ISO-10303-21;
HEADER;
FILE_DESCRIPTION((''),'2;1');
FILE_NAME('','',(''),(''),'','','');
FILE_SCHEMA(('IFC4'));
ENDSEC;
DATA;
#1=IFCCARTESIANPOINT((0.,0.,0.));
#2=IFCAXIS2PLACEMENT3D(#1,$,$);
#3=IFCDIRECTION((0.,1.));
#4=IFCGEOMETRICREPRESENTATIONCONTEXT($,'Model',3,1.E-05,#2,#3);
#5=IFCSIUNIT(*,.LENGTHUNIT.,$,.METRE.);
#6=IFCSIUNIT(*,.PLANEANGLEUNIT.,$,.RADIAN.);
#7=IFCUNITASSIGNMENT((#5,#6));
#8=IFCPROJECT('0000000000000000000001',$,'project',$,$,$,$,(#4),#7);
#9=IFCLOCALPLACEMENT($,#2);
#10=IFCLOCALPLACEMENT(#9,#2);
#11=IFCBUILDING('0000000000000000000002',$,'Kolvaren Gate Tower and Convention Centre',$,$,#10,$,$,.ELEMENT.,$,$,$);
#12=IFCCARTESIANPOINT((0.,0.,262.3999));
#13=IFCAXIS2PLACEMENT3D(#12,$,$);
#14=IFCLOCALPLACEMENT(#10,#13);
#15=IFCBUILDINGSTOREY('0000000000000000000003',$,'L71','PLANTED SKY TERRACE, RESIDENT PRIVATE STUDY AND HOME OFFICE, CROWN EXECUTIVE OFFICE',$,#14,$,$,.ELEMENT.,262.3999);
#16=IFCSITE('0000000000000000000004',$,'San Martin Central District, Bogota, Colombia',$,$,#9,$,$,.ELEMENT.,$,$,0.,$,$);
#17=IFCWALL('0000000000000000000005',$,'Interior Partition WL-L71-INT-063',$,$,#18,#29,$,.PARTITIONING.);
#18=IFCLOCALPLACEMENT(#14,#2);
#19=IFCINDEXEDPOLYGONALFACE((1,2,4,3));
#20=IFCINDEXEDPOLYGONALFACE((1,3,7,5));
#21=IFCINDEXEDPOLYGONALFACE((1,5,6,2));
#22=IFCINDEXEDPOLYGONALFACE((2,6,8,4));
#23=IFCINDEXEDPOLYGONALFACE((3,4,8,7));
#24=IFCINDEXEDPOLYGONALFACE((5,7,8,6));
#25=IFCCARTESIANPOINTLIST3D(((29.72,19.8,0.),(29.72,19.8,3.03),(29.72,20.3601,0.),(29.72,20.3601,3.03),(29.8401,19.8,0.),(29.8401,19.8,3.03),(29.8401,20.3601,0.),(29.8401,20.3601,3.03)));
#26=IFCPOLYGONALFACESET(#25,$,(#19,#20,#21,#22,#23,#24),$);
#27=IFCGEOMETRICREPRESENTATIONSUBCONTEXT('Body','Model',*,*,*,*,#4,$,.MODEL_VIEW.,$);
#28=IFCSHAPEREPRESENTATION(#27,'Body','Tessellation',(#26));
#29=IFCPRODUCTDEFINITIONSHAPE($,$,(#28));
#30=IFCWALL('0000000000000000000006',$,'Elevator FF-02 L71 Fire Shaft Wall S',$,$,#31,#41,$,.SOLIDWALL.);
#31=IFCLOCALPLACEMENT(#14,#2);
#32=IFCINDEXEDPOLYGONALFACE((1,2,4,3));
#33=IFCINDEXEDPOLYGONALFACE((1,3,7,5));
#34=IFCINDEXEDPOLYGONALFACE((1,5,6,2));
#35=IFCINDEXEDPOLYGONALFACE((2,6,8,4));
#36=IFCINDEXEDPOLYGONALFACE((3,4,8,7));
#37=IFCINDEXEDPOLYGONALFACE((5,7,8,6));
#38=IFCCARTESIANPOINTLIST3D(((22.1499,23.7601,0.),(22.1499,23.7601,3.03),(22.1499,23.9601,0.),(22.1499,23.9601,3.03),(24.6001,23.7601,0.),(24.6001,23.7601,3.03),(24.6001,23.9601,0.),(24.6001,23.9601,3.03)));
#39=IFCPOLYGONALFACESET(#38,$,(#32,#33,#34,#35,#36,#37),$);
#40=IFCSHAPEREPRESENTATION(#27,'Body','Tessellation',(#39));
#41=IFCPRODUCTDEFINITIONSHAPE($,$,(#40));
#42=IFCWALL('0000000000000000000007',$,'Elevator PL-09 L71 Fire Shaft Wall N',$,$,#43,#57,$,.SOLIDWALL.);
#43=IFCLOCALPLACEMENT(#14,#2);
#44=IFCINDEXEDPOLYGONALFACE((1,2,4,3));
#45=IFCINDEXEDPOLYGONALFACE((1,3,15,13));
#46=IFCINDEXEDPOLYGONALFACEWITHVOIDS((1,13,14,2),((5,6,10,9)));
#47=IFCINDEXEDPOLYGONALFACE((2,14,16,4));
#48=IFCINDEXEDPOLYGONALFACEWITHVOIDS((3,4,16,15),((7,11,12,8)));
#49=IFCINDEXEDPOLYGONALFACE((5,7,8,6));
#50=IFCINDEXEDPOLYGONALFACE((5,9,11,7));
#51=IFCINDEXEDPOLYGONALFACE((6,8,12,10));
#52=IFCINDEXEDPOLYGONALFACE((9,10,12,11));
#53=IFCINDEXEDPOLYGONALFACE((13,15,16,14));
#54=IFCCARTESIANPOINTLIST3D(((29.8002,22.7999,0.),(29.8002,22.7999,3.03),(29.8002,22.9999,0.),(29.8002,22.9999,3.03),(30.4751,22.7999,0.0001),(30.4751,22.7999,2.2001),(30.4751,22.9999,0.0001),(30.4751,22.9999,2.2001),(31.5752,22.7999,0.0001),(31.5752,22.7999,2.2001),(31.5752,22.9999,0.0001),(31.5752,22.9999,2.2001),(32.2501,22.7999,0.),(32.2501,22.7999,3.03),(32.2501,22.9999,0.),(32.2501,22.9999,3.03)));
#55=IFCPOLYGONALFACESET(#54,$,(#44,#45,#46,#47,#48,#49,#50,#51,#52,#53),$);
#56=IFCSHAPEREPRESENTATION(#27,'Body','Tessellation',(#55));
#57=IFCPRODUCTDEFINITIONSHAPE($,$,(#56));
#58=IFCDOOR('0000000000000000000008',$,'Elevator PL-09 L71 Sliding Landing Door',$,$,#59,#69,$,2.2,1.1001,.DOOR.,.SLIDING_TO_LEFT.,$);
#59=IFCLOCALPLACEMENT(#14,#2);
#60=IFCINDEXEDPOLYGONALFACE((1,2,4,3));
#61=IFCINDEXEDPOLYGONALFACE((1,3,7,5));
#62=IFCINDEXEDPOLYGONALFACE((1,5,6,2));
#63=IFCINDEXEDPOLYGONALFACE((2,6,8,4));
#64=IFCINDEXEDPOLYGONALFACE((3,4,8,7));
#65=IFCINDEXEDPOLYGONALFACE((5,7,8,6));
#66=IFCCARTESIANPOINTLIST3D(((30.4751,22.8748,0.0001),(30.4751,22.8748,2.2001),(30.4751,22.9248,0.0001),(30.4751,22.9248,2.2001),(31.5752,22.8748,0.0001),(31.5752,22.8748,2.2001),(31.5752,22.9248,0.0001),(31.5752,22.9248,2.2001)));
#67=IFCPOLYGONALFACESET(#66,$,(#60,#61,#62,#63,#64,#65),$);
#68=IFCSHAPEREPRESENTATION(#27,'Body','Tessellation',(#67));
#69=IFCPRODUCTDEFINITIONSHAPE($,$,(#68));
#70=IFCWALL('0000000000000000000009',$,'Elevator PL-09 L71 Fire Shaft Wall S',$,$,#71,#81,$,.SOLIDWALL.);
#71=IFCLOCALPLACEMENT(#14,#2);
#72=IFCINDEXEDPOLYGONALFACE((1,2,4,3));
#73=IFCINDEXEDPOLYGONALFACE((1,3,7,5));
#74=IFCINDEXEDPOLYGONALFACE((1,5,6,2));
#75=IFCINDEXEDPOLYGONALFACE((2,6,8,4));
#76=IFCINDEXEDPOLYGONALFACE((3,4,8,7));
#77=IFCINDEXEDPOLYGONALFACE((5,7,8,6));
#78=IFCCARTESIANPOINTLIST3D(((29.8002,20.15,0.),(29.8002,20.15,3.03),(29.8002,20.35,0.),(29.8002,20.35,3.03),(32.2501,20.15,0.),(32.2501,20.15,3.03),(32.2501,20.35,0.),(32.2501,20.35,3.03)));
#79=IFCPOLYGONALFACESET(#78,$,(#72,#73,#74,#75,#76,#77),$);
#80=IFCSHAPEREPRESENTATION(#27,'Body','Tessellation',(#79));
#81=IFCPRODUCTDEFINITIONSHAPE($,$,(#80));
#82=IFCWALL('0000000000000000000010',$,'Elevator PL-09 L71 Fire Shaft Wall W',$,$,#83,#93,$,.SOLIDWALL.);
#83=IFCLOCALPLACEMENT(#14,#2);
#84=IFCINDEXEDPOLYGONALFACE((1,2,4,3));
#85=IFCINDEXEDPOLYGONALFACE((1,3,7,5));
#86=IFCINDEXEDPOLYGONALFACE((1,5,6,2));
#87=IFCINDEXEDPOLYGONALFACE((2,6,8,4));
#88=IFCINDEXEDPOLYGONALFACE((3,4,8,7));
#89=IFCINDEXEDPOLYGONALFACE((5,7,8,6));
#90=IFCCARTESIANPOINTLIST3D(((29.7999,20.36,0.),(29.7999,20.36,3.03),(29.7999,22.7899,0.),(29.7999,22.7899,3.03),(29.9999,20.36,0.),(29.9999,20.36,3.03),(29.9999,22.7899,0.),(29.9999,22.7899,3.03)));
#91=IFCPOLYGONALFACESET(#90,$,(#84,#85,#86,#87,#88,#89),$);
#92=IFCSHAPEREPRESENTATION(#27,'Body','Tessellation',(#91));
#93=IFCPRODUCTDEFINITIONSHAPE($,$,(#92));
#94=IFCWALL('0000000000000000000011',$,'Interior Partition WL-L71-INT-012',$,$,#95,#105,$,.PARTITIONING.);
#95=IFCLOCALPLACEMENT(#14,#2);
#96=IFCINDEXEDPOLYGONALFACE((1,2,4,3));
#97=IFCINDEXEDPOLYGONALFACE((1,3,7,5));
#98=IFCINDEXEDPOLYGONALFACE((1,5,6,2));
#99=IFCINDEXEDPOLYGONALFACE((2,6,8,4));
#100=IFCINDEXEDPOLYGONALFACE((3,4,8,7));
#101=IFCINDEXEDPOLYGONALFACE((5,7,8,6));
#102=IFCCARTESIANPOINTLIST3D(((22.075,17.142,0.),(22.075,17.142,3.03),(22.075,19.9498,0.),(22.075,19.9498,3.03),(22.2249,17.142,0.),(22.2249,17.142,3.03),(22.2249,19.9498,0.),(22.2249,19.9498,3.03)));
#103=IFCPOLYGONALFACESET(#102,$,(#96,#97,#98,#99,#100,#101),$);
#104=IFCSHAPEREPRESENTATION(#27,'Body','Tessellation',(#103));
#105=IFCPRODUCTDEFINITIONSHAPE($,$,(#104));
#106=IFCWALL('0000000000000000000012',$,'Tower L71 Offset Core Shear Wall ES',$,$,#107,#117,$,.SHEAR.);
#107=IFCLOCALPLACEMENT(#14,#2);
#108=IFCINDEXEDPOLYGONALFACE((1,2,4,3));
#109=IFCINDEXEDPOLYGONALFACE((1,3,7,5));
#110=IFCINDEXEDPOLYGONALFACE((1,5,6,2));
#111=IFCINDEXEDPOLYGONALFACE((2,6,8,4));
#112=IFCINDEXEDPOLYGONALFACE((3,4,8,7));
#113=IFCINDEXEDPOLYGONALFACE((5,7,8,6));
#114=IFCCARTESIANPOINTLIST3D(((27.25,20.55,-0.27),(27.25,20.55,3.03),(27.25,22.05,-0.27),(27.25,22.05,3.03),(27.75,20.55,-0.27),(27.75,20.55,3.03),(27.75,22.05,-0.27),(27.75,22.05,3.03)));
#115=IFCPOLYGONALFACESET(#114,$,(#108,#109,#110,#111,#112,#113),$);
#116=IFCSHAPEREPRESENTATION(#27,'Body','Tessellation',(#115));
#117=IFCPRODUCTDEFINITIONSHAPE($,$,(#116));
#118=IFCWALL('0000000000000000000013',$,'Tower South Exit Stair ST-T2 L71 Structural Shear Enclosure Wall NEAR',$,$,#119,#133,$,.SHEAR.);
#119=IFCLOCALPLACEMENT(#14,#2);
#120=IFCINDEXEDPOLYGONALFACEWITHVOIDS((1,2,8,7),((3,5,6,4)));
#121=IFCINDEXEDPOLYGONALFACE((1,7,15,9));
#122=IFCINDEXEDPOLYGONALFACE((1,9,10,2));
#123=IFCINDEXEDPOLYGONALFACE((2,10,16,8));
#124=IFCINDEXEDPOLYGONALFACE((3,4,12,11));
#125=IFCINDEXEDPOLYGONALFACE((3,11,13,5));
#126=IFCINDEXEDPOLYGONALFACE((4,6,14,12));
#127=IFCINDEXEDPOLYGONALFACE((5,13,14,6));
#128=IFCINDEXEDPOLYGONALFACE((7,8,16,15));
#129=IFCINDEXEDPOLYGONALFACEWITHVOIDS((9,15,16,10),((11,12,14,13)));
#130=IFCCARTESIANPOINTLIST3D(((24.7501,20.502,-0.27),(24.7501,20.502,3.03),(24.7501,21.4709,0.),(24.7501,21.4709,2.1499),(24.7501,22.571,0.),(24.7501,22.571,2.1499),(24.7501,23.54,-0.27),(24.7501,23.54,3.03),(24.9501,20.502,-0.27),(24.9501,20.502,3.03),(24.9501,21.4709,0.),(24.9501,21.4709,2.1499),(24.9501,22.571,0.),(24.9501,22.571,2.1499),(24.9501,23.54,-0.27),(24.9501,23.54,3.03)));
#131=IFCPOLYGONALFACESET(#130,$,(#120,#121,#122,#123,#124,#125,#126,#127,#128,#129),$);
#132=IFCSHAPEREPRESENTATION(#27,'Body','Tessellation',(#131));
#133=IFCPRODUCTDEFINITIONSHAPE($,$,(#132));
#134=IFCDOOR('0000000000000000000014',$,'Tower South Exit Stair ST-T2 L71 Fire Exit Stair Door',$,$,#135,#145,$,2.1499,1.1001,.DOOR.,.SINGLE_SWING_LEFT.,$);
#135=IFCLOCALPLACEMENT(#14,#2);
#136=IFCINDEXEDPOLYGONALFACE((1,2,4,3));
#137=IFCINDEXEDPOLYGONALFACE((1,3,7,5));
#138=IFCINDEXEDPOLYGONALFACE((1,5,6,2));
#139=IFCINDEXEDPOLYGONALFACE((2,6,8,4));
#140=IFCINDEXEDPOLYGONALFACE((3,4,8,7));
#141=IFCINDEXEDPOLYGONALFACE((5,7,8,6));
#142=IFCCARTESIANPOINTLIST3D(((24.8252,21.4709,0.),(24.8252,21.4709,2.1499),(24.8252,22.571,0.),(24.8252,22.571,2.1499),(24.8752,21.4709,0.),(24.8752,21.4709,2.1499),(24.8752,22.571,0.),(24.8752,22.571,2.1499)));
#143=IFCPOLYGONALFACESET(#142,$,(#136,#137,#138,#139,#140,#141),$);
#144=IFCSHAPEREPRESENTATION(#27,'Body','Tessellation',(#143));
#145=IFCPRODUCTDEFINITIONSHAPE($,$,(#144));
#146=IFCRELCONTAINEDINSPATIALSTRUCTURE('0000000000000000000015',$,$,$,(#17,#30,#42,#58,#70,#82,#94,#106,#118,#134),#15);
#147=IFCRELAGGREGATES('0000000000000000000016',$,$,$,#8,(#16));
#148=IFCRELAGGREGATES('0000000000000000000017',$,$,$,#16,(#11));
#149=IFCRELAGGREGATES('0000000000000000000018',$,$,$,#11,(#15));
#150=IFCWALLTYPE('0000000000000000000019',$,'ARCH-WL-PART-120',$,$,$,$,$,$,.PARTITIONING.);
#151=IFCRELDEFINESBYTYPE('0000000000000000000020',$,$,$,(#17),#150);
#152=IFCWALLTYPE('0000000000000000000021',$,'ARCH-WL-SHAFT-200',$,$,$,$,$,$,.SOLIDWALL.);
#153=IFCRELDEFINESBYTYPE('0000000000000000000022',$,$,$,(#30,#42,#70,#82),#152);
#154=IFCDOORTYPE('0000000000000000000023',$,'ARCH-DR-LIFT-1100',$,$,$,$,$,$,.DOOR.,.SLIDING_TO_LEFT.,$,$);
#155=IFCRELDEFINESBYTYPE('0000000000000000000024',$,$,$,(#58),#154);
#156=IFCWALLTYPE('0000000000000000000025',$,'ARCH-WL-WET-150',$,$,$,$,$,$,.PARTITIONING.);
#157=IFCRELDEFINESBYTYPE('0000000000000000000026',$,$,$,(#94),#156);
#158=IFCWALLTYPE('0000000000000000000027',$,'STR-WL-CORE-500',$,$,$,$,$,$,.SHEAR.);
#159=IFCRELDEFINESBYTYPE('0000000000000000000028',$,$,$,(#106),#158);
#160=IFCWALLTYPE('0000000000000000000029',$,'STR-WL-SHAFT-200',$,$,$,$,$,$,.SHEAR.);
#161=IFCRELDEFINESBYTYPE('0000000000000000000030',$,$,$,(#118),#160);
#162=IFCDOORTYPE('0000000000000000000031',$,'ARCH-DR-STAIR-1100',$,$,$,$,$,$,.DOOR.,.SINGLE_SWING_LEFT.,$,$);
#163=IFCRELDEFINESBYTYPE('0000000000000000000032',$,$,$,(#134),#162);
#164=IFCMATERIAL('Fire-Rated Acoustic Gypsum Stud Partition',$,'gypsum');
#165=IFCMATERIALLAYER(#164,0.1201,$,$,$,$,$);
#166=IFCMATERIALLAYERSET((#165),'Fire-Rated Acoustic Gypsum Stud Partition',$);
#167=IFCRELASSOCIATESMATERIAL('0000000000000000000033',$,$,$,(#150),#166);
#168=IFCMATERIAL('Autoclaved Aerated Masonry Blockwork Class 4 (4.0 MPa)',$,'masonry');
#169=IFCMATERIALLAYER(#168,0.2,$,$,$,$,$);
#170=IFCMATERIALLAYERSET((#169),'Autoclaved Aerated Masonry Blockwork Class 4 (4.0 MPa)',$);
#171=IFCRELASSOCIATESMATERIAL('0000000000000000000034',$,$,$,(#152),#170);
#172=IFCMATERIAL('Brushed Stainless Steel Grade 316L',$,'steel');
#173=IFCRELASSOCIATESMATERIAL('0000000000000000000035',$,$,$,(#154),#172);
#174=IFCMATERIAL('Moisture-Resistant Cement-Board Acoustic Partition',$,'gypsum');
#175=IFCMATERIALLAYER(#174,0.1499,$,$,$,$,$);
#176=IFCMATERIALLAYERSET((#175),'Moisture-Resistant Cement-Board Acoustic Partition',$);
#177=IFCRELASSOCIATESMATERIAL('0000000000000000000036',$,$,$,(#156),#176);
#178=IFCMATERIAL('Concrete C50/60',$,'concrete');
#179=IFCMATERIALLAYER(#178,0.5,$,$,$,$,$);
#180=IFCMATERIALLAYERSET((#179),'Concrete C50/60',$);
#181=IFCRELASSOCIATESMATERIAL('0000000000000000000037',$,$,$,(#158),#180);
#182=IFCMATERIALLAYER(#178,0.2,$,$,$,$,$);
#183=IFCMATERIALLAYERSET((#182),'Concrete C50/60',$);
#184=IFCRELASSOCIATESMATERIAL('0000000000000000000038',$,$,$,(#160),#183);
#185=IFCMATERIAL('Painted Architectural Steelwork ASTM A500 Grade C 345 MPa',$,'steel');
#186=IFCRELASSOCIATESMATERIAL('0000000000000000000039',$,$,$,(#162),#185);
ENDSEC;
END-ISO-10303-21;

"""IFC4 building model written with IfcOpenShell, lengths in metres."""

from ifc_helpers import new_model, si_unit, direction, frame, frame_2d, origin, place, context, subcontext, project, spatial, rectangle, extrude, material, layer, layer_set, type_object, element, fill, save


model = new_model("IFC4")

# Units and contexts
model_context = context("Model", 3, precision=1e-05, world=origin(), true_north=direction((0.0, 1.0)))
body_context = subcontext(model_context, "Body", "Model", "MODEL_VIEW")
ifc_project = project(units=[si_unit("LENGTHUNIT", "METRE"), si_unit("PLANEANGLEUNIT", "RADIAN")], contexts=[model_context])

# Site, building, storey
site_placement = place(None, origin())
site = spatial("IfcSite", under=ifc_project, at=site_placement, Name="San Martin Central District, Bogota, Colombia", CompositionType="ELEMENT", RefElevation=0.0)
building_placement = place(site_placement, origin())
building = spatial("IfcBuilding", under=site, at=building_placement, Name="Kolvaren Gate Tower and Convention Centre", CompositionType="ELEMENT")
storey_placement = place(building_placement, frame((0.0, 0.0, 262.3999)))
storey = spatial("IfcBuildingStorey", under=building, at=storey_placement, Name="L71", Description="PLANTED SKY TERRACE, RESIDENT PRIVATE STUDY AND HOME OFFICE, CROWN EXECUTIVE OFFICE", CompositionType="ELEMENT", Elevation=262.3999)

# Shared definitions
ifc_material_1 = material(Name="Autoclaved Aerated Masonry Blockwork Class 4 (4.0 MPa)", Category="masonry")

# Shared definitions
ifc_material_2 = material(Name="Painted Architectural Steelwork ASTM A500 Grade C 345 MPa", Category="steel")

# Walls
ifc_material_3 = material(Name="Fire-Rated Acoustic Gypsum Stud Partition", Category="gypsum")
ifc_layer_1 = layer(ifc_material_3, 0.1201)
ifc_layer_set_1 = layer_set([ifc_layer_1], Name="Fire-Rated Acoustic Gypsum Stud Partition")
wall_type_1 = type_object("IfcWallType", Name="ARCH-WL-PART-120", PredefinedType="PARTITIONING", material=ifc_layer_set_1)
wall_1_placement = place(storey_placement, frame((29.78, 19.8, 0.0), z_axis=(0.0, 0.0, 1.0), x_axis=(0.0, 1.0, 0.0)))
element("IfcWall", 1, at=wall_1_placement, inside=storey, type_object=wall_type_1, Name="Interior Partition WL-L71-INT-063", PredefinedType="PARTITIONING", context=body_context, shape_type="SweptSolid", body=[
    extrude(rectangle(XDim=0.5601, YDim=0.1201, at=frame_2d((0.28, 0.0))), origin(), (0.0, 0.0, 1.0), 3.03),
])
ifc_layer_2 = layer(ifc_material_1, 0.2)
ifc_layer_set_2 = layer_set([ifc_layer_2], Name="Autoclaved Aerated Masonry Blockwork Class 4 (4.0 MPa)")
wall_type_2 = type_object("IfcWallType", Name="ARCH-WL-SHAFT-200", PredefinedType="SOLIDWALL", material=ifc_layer_set_2)
wall_2_placement = place(storey_placement, frame((22.1499, 23.8601, 0.0), z_axis=(0.0, 0.0, 1.0), x_axis=(1.0, 0.0, 0.0)))
element("IfcWall", 2, at=wall_2_placement, inside=storey, type_object=wall_type_2, Name="Elevator FF-02 L71 Fire Shaft Wall S", PredefinedType="SOLIDWALL", context=body_context, shape_type="SweptSolid", body=[
    extrude(rectangle(XDim=2.4502, YDim=0.2, at=frame_2d((1.2251, 0.0))), origin(), (0.0, 0.0, 1.0), 3.03),
])

# Wall, opening, door
wall_3_placement = place(storey_placement, frame((29.8, 22.8999, 0.0), z_axis=(0.0, 0.0, 1.0), x_axis=(1.0, 0.0, 0.0)))
wall_3 = element("IfcWall", 3, at=wall_3_placement, inside=storey, type_object=wall_type_2, Name="Elevator PL-09 L71 Fire Shaft Wall N", PredefinedType="SOLIDWALL", context=body_context, shape_type="SweptSolid", body=[
    extrude(rectangle(XDim=2.45, YDim=0.2, at=frame_2d((1.2251, 0.0))), origin(), (0.0, 0.0, 1.0), 3.03),
])
opening_1_placement = place(wall_3_placement, frame((0.675, 0.0, 0.0)))
opening_1 = element("IfcOpeningElement", 4, at=opening_1_placement, cuts=wall_3, PredefinedType="OPENING", context=body_context, shape_type="SweptSolid", body=[
    extrude(rectangle(XDim=1.1001, YDim=2.2, at=frame_2d((0.55, 1.1001))), frame((0.0, 0.1099, 0.0), z_axis=(0.0, -1.0, 0.0), x_axis=(1.0, 0.0, 0.0)), (0.0, 0.0, 1.0), 0.22),
])
ifc_material_4 = material(Name="Brushed Stainless Steel Grade 316L", Category="steel")
door_type_1 = type_object("IfcDoorType", Name="ARCH-DR-LIFT-1100", OperationType="SLIDING_TO_LEFT", PredefinedType="DOOR", material=ifc_material_4)
door_1_placement = place(opening_1_placement, origin())
door_1 = element("IfcDoor", 5, at=door_1_placement, inside=storey, type_object=door_type_1, Name="Elevator PL-09 L71 Sliding Landing Door", OperationType="SLIDING_TO_LEFT", OverallHeight=2.2, OverallWidth=1.1001, PredefinedType="DOOR", context=body_context, shape_type="SweptSolid", body=[
    extrude(rectangle(XDim=1.1001, YDim=2.2, at=frame_2d((0.55, 1.1001))), frame((0.0, 0.0249, 0.0), z_axis=(0.0, -1.0, 0.0), x_axis=(1.0, 0.0, 0.0)), (0.0, 0.0, 1.0), 0.05),
])
fill(opening_1, door_1)

# Walls
wall_4_placement = place(storey_placement, frame((29.8, 20.25, 0.0), z_axis=(0.0, 0.0, 1.0), x_axis=(1.0, 0.0, 0.0)))
element("IfcWall", 6, at=wall_4_placement, inside=storey, type_object=wall_type_2, Name="Elevator PL-09 L71 Fire Shaft Wall S", PredefinedType="SOLIDWALL", context=body_context, shape_type="SweptSolid", body=[
    extrude(rectangle(XDim=2.45, YDim=0.2, at=frame_2d((1.2251, 0.0))), origin(), (0.0, 0.0, 1.0), 3.03),
])
wall_5_placement = place(storey_placement, frame((29.8999, 20.3601, 0.0), z_axis=(0.0, 0.0, 1.0), x_axis=(0.0, 1.0, 0.0)))
element("IfcWall", 7, at=wall_5_placement, inside=storey, type_object=wall_type_2, Name="Elevator PL-09 L71 Fire Shaft Wall W", PredefinedType="SOLIDWALL", context=body_context, shape_type="SweptSolid", body=[
    extrude(rectangle(XDim=2.4299, YDim=0.2, at=frame_2d((1.2148, 0.0))), origin(), (0.0, 0.0, 1.0), 3.03),
])
ifc_material_5 = material(Name="Moisture-Resistant Cement-Board Acoustic Partition", Category="gypsum")
ifc_layer_3 = layer(ifc_material_5, 0.1499)
ifc_layer_set_3 = layer_set([ifc_layer_3], Name="Moisture-Resistant Cement-Board Acoustic Partition")
wall_type_3 = type_object("IfcWallType", Name="ARCH-WL-WET-150", PredefinedType="PARTITIONING", material=ifc_layer_set_3)
wall_6_placement = place(storey_placement, frame((22.1499, 17.1421, 0.0), z_axis=(0.0, 0.0, 1.0), x_axis=(0.0, 1.0, 0.0)))
element("IfcWall", 8, at=wall_6_placement, inside=storey, type_object=wall_type_3, Name="Interior Partition WL-L71-INT-012", PredefinedType="PARTITIONING", context=body_context, shape_type="SweptSolid", body=[
    extrude(rectangle(XDim=2.8079, YDim=0.1499, at=frame_2d((1.4038, 0.0))), origin(), (0.0, 0.0, 1.0), 3.03),
])
ifc_material_6 = material(Name="Concrete C50/60", Category="concrete")
ifc_layer_4 = layer(ifc_material_6, 0.5)
ifc_layer_set_4 = layer_set([ifc_layer_4], Name="Concrete C50/60")
wall_type_4 = type_object("IfcWallType", Name="STR-WL-CORE-500", PredefinedType="SHEAR", material=ifc_layer_set_4)
wall_7_placement = place(storey_placement, frame((27.5, 20.55, -0.27), z_axis=(0.0, 0.0, 1.0), x_axis=(0.0, 1.0, 0.0)))
element("IfcWall", 9, at=wall_7_placement, inside=storey, type_object=wall_type_4, Name="Tower L71 Offset Core Shear Wall ES", PredefinedType="SHEAR", context=body_context, shape_type="SweptSolid", body=[
    extrude(rectangle(XDim=1.5, YDim=0.5, at=frame_2d((0.75, 0.0))), origin(), (0.0, 0.0, 1.0), 3.3),
])

# Wall, opening, door
ifc_layer_5 = layer(ifc_material_6, 0.2)
ifc_layer_set_5 = layer_set([ifc_layer_5], Name="Concrete C50/60")
wall_type_5 = type_object("IfcWallType", Name="STR-WL-SHAFT-200", PredefinedType="SHEAR", material=ifc_layer_set_5)
wall_8_placement = place(storey_placement, frame((24.8501, 20.502, -0.27), z_axis=(0.0, 0.0, 1.0), x_axis=(0.0, 1.0, 0.0)))
wall_8 = element("IfcWall", 10, at=wall_8_placement, inside=storey, type_object=wall_type_5, Name="Tower South Exit Stair ST-T2 L71 Structural Shear Enclosure Wall NEAR", PredefinedType="SHEAR", context=body_context, shape_type="SweptSolid", body=[
    extrude(rectangle(XDim=3.0381, YDim=0.2, at=frame_2d((1.519, 0.0))), origin(), (0.0, 0.0, 1.0), 3.3),
])
opening_2_placement = place(wall_8_placement, frame((0.969, 0.0, 0.27)))
opening_2 = element("IfcOpeningElement", 11, at=opening_2_placement, cuts=wall_8, PredefinedType="OPENING", context=body_context, shape_type="SweptSolid", body=[
    extrude(rectangle(XDim=1.1001, YDim=2.1499, at=frame_2d((0.55, 1.075))), frame((0.0, 0.1099, 0.0), z_axis=(0.0, -1.0, 0.0), x_axis=(1.0, 0.0, 0.0)), (0.0, 0.0, 1.0), 0.22),
])
door_type_2 = type_object("IfcDoorType", Name="ARCH-DR-STAIR-1100", OperationType="SINGLE_SWING_LEFT", PredefinedType="DOOR", material=ifc_material_2)
door_2_placement = place(opening_2_placement, origin())
door_2 = element("IfcDoor", 12, at=door_2_placement, inside=storey, type_object=door_type_2, Name="Tower South Exit Stair ST-T2 L71 Fire Exit Stair Door", OperationType="SINGLE_SWING_LEFT", OverallHeight=2.1499, OverallWidth=1.1001, PredefinedType="DOOR", context=body_context, shape_type="SweptSolid", body=[
    extrude(rectangle(XDim=1.1001, YDim=2.1499, at=frame_2d((0.55, 1.075))), frame((0.0, 0.0249, 0.0), z_axis=(0.0, -1.0, 0.0), x_axis=(1.0, 0.0, 0.0)), (0.0, 0.0, 1.0), 0.05),
])
fill(opening_2, door_2)

save(model, "model.ifc")
